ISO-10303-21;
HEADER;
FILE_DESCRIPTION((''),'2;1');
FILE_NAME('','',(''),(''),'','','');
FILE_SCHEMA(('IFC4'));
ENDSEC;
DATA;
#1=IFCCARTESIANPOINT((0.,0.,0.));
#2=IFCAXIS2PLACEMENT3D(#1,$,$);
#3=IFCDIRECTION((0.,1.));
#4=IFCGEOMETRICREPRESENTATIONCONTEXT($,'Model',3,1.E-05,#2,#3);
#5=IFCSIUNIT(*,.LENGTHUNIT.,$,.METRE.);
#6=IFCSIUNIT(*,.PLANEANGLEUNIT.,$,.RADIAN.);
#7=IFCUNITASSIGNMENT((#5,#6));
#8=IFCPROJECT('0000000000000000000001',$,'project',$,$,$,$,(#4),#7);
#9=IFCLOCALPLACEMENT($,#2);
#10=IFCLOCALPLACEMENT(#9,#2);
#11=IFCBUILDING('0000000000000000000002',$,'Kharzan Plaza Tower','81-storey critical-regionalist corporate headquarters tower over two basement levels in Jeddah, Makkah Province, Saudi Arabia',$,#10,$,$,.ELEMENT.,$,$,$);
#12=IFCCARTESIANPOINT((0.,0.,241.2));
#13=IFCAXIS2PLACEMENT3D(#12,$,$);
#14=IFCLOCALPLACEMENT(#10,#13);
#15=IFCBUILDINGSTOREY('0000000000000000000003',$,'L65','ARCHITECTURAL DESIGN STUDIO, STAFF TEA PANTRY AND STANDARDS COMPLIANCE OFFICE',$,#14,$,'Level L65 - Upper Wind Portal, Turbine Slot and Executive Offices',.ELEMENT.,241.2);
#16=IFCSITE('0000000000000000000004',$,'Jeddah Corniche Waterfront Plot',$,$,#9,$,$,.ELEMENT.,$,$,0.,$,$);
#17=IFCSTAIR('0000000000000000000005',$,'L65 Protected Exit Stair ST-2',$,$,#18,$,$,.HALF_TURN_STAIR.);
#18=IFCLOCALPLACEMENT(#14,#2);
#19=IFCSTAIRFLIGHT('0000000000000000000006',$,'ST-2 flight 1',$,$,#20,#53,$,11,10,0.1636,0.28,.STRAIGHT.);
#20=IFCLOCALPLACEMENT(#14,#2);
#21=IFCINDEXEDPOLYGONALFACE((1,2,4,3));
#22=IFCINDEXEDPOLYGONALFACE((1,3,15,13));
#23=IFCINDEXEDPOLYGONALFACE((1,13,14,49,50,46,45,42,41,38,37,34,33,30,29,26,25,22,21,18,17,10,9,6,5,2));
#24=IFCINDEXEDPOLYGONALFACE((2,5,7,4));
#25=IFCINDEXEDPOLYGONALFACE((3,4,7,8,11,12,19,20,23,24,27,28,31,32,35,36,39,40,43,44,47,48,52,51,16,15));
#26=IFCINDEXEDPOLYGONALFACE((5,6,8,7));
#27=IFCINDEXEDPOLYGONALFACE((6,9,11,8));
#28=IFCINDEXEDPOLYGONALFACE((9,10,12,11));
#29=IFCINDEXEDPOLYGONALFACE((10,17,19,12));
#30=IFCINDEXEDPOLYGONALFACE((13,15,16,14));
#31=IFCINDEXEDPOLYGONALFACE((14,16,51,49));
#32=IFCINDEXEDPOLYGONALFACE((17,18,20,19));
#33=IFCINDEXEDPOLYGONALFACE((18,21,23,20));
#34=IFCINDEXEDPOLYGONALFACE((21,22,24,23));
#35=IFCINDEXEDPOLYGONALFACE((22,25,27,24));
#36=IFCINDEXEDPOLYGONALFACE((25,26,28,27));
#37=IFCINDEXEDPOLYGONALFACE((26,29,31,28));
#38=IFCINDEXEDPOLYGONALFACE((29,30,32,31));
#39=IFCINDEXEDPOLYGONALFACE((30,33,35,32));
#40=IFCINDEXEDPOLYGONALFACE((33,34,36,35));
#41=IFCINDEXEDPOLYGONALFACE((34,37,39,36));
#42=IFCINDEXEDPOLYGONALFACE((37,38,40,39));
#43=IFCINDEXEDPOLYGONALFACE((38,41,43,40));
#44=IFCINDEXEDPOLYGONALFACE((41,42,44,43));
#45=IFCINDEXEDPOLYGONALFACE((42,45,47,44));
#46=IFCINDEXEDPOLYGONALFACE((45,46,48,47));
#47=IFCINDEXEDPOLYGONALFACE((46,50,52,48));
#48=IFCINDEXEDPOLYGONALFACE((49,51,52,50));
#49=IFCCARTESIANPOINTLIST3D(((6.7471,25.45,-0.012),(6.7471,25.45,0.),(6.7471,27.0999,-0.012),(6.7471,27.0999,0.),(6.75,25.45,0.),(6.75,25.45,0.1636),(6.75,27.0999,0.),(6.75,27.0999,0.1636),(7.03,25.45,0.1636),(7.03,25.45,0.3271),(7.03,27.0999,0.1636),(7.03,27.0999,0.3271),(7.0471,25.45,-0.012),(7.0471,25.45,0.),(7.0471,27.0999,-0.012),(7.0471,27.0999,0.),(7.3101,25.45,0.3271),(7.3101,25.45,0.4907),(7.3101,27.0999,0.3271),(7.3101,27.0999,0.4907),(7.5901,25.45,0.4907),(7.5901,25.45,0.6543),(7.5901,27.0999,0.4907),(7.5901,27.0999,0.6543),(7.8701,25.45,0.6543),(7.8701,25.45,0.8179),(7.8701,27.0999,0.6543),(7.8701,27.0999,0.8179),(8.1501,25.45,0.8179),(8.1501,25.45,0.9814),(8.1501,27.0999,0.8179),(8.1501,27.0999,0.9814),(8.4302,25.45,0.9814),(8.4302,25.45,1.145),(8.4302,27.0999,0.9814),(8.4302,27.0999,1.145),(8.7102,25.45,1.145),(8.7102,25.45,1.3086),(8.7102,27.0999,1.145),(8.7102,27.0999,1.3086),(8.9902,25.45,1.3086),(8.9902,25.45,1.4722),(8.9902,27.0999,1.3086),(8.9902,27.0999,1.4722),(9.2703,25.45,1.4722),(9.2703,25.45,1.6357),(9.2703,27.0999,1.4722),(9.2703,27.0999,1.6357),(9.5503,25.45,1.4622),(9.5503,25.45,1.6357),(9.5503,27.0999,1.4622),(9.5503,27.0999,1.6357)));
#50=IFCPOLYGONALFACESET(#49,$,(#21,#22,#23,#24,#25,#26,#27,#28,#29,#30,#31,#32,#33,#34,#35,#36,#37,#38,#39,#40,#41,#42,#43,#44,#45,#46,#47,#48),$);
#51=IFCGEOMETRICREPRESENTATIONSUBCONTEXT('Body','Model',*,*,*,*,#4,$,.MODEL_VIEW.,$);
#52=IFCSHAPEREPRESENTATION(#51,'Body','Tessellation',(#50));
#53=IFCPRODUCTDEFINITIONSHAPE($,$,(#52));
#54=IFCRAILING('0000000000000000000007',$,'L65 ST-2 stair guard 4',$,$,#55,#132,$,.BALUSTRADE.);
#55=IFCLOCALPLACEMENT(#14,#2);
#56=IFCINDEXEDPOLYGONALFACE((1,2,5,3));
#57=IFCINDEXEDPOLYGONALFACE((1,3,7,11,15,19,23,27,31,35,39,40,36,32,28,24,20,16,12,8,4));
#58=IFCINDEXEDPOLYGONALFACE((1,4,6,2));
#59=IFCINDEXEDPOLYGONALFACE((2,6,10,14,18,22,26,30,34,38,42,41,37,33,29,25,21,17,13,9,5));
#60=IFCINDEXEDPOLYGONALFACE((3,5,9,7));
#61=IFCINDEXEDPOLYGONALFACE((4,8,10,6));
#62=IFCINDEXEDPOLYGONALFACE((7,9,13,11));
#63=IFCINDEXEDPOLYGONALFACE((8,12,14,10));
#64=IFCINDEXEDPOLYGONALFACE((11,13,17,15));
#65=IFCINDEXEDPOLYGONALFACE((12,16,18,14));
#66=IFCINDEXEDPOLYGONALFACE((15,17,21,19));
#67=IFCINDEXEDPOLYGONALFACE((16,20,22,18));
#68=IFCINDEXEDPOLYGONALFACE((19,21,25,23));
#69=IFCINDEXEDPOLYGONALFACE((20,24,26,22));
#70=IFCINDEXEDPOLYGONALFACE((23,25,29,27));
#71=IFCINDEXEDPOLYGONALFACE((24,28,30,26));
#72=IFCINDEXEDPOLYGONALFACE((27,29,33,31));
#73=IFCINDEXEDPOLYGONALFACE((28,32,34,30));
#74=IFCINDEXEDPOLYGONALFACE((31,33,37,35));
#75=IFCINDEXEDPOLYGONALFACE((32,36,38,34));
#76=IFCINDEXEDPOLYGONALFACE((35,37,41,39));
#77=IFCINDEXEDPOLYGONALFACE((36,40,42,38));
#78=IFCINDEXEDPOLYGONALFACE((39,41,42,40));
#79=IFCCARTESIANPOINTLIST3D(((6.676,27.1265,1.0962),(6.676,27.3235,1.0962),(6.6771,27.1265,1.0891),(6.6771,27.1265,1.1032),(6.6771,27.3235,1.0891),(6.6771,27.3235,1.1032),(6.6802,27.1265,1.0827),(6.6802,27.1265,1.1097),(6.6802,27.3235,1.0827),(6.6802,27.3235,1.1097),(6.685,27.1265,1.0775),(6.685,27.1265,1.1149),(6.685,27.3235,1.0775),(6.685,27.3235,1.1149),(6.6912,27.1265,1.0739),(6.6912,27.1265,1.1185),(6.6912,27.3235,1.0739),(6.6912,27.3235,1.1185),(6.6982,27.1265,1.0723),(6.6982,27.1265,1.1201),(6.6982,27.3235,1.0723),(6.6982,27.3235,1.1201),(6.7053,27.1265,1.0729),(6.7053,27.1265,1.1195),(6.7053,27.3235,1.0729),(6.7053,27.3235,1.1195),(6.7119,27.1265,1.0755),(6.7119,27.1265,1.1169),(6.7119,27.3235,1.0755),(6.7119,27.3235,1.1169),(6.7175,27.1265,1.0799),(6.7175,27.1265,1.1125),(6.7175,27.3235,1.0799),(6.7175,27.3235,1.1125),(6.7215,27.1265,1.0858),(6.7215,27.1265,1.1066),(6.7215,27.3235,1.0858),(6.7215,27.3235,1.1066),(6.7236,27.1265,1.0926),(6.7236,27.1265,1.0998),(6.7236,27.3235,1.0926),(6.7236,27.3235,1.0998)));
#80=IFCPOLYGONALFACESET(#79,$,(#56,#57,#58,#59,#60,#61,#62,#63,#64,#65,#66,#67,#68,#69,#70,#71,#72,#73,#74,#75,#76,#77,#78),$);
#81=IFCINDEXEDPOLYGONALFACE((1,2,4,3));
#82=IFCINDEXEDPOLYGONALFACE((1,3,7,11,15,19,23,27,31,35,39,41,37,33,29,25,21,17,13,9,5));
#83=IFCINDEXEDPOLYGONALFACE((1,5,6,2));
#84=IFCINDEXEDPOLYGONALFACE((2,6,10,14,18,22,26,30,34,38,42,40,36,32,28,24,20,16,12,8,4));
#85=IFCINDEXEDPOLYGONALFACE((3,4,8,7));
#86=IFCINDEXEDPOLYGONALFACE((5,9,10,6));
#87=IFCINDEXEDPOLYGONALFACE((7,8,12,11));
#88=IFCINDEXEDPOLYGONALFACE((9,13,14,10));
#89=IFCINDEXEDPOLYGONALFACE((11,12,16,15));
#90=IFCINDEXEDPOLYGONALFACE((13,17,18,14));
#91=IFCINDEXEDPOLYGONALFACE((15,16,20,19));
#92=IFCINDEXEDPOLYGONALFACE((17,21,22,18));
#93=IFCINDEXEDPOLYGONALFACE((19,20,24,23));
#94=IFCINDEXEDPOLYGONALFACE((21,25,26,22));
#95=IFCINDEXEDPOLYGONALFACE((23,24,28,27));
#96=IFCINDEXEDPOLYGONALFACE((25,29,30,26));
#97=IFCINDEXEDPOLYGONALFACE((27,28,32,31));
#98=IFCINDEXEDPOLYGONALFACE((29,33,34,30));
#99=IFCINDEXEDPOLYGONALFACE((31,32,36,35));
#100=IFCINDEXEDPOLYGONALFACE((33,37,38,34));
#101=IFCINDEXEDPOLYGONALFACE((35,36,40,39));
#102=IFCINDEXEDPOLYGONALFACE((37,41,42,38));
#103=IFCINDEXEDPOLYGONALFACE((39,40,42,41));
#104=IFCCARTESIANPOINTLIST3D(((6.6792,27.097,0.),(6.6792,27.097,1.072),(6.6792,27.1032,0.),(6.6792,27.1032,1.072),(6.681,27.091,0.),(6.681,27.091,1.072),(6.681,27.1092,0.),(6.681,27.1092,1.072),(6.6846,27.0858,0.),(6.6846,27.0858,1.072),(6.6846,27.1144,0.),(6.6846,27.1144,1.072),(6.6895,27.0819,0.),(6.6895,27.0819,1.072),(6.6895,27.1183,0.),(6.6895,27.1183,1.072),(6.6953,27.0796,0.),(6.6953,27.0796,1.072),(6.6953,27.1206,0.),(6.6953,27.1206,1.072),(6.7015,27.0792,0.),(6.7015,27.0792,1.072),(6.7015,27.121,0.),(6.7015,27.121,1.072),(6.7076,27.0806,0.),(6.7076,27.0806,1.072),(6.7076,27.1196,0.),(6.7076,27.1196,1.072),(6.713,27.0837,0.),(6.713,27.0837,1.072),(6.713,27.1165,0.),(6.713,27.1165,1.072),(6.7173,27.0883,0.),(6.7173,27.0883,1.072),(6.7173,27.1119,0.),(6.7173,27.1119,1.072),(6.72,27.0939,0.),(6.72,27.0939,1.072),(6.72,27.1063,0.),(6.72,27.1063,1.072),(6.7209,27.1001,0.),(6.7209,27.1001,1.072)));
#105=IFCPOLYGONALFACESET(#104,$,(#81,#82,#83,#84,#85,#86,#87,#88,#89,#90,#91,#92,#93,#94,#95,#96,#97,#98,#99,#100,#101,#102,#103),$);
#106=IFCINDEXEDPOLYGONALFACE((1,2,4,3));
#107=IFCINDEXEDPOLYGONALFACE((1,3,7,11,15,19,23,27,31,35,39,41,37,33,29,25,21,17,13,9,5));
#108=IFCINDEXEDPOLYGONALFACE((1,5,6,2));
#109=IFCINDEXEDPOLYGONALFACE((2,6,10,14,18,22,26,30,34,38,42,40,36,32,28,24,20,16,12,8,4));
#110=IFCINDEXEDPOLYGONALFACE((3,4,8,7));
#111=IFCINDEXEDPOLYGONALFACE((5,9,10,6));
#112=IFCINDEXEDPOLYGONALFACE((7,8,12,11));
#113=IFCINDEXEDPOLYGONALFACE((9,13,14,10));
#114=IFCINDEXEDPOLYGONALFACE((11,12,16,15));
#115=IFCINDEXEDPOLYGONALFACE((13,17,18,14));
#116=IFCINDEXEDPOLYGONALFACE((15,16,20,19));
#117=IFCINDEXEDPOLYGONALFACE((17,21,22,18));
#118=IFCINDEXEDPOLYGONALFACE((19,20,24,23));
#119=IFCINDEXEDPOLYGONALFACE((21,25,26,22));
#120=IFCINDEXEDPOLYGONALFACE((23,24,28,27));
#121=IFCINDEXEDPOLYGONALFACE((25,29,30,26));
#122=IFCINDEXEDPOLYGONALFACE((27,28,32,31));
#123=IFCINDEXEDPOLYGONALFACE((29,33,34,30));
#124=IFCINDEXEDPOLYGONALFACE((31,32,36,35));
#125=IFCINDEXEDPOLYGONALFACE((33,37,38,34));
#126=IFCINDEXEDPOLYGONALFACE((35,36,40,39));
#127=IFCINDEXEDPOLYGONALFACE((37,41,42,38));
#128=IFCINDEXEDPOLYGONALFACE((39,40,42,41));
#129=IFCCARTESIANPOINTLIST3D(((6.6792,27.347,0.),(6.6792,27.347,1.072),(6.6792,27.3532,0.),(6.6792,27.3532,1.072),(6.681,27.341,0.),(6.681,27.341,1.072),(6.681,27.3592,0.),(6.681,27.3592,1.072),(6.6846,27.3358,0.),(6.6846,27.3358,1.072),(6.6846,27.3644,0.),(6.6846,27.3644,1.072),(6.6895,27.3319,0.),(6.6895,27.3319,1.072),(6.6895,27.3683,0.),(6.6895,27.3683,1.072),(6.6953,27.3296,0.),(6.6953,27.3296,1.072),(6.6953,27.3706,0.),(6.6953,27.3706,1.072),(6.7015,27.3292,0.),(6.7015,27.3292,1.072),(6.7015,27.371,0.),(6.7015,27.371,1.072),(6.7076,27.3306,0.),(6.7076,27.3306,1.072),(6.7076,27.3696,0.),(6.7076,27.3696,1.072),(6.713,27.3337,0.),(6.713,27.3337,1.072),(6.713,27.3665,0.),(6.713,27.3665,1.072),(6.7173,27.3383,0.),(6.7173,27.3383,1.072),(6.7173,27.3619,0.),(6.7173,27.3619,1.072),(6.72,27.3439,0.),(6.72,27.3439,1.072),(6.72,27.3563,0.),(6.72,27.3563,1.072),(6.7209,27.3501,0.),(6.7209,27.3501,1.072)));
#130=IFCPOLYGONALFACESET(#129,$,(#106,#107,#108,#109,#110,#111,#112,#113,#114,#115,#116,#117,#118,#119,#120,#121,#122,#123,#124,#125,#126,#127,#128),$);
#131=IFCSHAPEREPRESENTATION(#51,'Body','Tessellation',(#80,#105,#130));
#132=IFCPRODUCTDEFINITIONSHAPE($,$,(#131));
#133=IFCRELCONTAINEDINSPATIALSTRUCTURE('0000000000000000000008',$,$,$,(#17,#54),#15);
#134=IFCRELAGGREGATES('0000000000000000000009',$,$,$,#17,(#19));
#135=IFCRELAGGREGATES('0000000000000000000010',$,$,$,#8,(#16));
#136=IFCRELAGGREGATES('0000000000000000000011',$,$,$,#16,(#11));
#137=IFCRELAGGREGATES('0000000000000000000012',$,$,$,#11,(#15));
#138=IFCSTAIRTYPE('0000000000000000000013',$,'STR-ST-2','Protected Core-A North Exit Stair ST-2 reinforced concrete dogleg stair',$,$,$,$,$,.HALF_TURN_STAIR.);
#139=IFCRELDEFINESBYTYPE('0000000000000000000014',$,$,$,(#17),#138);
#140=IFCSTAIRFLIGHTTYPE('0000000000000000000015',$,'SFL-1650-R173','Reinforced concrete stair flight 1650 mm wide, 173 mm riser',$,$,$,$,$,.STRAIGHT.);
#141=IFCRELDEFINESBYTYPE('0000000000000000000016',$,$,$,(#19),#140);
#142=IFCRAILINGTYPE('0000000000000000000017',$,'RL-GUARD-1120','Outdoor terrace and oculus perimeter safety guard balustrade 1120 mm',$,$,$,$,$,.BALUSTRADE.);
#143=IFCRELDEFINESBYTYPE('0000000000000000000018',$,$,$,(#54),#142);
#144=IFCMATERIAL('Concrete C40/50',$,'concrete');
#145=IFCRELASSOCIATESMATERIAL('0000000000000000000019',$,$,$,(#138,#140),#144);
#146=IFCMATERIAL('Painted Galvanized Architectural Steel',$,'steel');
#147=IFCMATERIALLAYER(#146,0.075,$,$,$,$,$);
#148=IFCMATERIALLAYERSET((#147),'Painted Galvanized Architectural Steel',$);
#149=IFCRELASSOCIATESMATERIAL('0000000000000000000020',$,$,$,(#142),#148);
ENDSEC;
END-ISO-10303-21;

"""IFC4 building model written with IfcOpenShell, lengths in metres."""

from ifc_helpers import new_model, si_unit, direction, frame, origin, origin_2d, place, context, subcontext, project, spatial, polyline, circle, outline, extrude, source, transform, mapped, material, layer, layer_set, type_object, element, aggregate, save


model = new_model("IFC4")

# Units and contexts
model_context = context("Model", 3, precision=1e-05, world=origin(), true_north=direction((0.0, 1.0)))
body_context = subcontext(model_context, "Body", "Model", "MODEL_VIEW")
ifc_project = project(units=[si_unit("LENGTHUNIT", "METRE"), si_unit("PLANEANGLEUNIT", "RADIAN")], contexts=[model_context])

# Site, building, storey
site_placement = place(None, origin())
site = spatial("IfcSite", under=ifc_project, at=site_placement, Name="Jeddah Corniche Waterfront Plot", CompositionType="ELEMENT", RefElevation=0.0)
building_placement = place(site_placement, origin())
building = spatial("IfcBuilding", under=site, at=building_placement, Name="Kharzan Plaza Tower", Description="81-storey critical-regionalist corporate headquarters tower over two basement levels in Jeddah, Makkah Province, Saudi Arabia", CompositionType="ELEMENT")
storey_placement = place(building_placement, frame((0.0, 0.0, 241.2)))
storey = spatial("IfcBuildingStorey", under=building, at=storey_placement, Name="L65", Description="ARCHITECTURAL DESIGN STUDIO, STAFF TEA PANTRY AND STANDARDS COMPLIANCE OFFICE", LongName="Level L65 - Upper Wind Portal, Turbine Slot and Executive Offices", CompositionType="ELEMENT", Elevation=241.2)

# Shared definitions
ifc_material_1 = material(Name="Concrete C40/50", Category="concrete")

# Stair, stair flight
stair_type = type_object("IfcStairType", Name="STR-ST-2", Description="Protected Core-A North Exit Stair ST-2 reinforced concrete dogleg stair", PredefinedType="HALF_TURN_STAIR", material=ifc_material_1)
stair_placement = place(storey_placement, origin())
stair = element("IfcStair", 1, at=stair_placement, inside=storey, type_object=stair_type, Name="L65 Protected Exit Stair ST-2", PredefinedType="HALF_TURN_STAIR")
stair_flight_type = type_object("IfcStairFlightType", Name="SFL-1650-R173", Description="Reinforced concrete stair flight 1650 mm wide, 173 mm riser", PredefinedType="STRAIGHT", material=ifc_material_1)
shared_shape_1 = source(origin(), body_context, "Body", "SweptSolid", [
    extrude(outline(polyline([(-0.0029, -0.012), (-0.0029, 0.0), (0.0, 0.0), (0.0, 0.1636), (0.28, 0.1636), (0.28, 0.3271), (0.5601, 0.3271), (0.5601, 0.4907), (0.8401, 0.4907), (0.8401, 0.6543), (1.1201, 0.6543), (1.1201, 0.8179), (1.4001, 0.8179), (1.4001, 0.9814), (1.6802, 0.9814), (1.6802, 1.145), (1.9602, 1.145), (1.9602, 1.3086), (2.2402, 1.3086), (2.2402, 1.4722), (2.5203, 1.4722), (2.5203, 1.6357), (2.8003, 1.6357), (2.8003, 1.7993), (2.8003, 1.4622), (0.2971, 0.0), (0.2971, -0.012), (-0.0029, -0.012)])), frame((0.0, 0.825, 0.0), z_axis=(0.0, -1.0, 0.0), x_axis=(1.0, 0.0, 0.0)), (0.0, 0.0, 1.0), 1.6499),
])
stair_flight_placement = place(storey_placement, frame((6.75, 26.2749, 0.0), z_axis=(0.0, 0.0, 1.0), x_axis=(1.0, 0.0, 0.0)))
stair_flight = element("IfcStairFlight", 2, at=stair_flight_placement, type_object=stair_flight_type, Name="ST-2 flight 1", NumberOfRisers=11, NumberOfTreads=10, PredefinedType="STRAIGHT", RiserHeight=0.1636, TreadLength=0.28, context=body_context, shape_type="MappedRepresentation", body=[
    mapped(shared_shape_1, transform((0.0, 0.0, 0.0), x_axis=(1.0, 0.0, 0.0), y_axis=(0.0, 1.0, 0.0), z_axis=(0.0, 0.0, 1.0))),
])
aggregate(stair, [stair_flight])

# Railing
ifc_material_2 = material(Name="Painted Galvanized Architectural Steel", Category="steel")
ifc_layer_1 = layer(ifc_material_2, 0.075)
ifc_layer_set_1 = layer_set([ifc_layer_1], Name="Painted Galvanized Architectural Steel")
railing_type_1 = type_object("IfcRailingType", Name="RL-GUARD-1120", Description="Outdoor terrace and oculus perimeter safety guard balustrade 1120 mm", PredefinedType="BALUSTRADE", material=ifc_layer_set_1)
shared_shape_2 = source(origin(), body_context, "Body", "SweptSolid", [
    extrude(circle(Radius=0.0239, at=origin_2d()), frame((0.0, 0.0264, 1.0962), z_axis=(0.0, 1.0, 0.0), x_axis=(-1.0, 0.0, 0.0)), (0.0, 0.0, 1.0), 0.197),
    extrude(circle(Radius=0.021, at=origin_2d()), origin(), (0.0, 0.0, 1.0), 1.072),
    extrude(circle(Radius=0.021, at=origin_2d()), frame((0.0, 0.25, 0.0)), (0.0, 0.0, 1.0), 1.072),
])
railing_1_placement = place(storey_placement, frame((6.7, 27.1001, 0.0)))
element("IfcRailing", 3, at=railing_1_placement, inside=storey, type_object=railing_type_1, Name="L65 ST-2 stair guard 4", PredefinedType="BALUSTRADE", context=body_context, shape_type="MappedRepresentation", body=[
    mapped(shared_shape_2, transform((0.0, 0.0, 0.0), x_axis=(1.0, 0.0, 0.0), y_axis=(0.0, 1.0, 0.0), z_axis=(0.0, 0.0, 1.0))),
])

save(model, "model.ifc")
